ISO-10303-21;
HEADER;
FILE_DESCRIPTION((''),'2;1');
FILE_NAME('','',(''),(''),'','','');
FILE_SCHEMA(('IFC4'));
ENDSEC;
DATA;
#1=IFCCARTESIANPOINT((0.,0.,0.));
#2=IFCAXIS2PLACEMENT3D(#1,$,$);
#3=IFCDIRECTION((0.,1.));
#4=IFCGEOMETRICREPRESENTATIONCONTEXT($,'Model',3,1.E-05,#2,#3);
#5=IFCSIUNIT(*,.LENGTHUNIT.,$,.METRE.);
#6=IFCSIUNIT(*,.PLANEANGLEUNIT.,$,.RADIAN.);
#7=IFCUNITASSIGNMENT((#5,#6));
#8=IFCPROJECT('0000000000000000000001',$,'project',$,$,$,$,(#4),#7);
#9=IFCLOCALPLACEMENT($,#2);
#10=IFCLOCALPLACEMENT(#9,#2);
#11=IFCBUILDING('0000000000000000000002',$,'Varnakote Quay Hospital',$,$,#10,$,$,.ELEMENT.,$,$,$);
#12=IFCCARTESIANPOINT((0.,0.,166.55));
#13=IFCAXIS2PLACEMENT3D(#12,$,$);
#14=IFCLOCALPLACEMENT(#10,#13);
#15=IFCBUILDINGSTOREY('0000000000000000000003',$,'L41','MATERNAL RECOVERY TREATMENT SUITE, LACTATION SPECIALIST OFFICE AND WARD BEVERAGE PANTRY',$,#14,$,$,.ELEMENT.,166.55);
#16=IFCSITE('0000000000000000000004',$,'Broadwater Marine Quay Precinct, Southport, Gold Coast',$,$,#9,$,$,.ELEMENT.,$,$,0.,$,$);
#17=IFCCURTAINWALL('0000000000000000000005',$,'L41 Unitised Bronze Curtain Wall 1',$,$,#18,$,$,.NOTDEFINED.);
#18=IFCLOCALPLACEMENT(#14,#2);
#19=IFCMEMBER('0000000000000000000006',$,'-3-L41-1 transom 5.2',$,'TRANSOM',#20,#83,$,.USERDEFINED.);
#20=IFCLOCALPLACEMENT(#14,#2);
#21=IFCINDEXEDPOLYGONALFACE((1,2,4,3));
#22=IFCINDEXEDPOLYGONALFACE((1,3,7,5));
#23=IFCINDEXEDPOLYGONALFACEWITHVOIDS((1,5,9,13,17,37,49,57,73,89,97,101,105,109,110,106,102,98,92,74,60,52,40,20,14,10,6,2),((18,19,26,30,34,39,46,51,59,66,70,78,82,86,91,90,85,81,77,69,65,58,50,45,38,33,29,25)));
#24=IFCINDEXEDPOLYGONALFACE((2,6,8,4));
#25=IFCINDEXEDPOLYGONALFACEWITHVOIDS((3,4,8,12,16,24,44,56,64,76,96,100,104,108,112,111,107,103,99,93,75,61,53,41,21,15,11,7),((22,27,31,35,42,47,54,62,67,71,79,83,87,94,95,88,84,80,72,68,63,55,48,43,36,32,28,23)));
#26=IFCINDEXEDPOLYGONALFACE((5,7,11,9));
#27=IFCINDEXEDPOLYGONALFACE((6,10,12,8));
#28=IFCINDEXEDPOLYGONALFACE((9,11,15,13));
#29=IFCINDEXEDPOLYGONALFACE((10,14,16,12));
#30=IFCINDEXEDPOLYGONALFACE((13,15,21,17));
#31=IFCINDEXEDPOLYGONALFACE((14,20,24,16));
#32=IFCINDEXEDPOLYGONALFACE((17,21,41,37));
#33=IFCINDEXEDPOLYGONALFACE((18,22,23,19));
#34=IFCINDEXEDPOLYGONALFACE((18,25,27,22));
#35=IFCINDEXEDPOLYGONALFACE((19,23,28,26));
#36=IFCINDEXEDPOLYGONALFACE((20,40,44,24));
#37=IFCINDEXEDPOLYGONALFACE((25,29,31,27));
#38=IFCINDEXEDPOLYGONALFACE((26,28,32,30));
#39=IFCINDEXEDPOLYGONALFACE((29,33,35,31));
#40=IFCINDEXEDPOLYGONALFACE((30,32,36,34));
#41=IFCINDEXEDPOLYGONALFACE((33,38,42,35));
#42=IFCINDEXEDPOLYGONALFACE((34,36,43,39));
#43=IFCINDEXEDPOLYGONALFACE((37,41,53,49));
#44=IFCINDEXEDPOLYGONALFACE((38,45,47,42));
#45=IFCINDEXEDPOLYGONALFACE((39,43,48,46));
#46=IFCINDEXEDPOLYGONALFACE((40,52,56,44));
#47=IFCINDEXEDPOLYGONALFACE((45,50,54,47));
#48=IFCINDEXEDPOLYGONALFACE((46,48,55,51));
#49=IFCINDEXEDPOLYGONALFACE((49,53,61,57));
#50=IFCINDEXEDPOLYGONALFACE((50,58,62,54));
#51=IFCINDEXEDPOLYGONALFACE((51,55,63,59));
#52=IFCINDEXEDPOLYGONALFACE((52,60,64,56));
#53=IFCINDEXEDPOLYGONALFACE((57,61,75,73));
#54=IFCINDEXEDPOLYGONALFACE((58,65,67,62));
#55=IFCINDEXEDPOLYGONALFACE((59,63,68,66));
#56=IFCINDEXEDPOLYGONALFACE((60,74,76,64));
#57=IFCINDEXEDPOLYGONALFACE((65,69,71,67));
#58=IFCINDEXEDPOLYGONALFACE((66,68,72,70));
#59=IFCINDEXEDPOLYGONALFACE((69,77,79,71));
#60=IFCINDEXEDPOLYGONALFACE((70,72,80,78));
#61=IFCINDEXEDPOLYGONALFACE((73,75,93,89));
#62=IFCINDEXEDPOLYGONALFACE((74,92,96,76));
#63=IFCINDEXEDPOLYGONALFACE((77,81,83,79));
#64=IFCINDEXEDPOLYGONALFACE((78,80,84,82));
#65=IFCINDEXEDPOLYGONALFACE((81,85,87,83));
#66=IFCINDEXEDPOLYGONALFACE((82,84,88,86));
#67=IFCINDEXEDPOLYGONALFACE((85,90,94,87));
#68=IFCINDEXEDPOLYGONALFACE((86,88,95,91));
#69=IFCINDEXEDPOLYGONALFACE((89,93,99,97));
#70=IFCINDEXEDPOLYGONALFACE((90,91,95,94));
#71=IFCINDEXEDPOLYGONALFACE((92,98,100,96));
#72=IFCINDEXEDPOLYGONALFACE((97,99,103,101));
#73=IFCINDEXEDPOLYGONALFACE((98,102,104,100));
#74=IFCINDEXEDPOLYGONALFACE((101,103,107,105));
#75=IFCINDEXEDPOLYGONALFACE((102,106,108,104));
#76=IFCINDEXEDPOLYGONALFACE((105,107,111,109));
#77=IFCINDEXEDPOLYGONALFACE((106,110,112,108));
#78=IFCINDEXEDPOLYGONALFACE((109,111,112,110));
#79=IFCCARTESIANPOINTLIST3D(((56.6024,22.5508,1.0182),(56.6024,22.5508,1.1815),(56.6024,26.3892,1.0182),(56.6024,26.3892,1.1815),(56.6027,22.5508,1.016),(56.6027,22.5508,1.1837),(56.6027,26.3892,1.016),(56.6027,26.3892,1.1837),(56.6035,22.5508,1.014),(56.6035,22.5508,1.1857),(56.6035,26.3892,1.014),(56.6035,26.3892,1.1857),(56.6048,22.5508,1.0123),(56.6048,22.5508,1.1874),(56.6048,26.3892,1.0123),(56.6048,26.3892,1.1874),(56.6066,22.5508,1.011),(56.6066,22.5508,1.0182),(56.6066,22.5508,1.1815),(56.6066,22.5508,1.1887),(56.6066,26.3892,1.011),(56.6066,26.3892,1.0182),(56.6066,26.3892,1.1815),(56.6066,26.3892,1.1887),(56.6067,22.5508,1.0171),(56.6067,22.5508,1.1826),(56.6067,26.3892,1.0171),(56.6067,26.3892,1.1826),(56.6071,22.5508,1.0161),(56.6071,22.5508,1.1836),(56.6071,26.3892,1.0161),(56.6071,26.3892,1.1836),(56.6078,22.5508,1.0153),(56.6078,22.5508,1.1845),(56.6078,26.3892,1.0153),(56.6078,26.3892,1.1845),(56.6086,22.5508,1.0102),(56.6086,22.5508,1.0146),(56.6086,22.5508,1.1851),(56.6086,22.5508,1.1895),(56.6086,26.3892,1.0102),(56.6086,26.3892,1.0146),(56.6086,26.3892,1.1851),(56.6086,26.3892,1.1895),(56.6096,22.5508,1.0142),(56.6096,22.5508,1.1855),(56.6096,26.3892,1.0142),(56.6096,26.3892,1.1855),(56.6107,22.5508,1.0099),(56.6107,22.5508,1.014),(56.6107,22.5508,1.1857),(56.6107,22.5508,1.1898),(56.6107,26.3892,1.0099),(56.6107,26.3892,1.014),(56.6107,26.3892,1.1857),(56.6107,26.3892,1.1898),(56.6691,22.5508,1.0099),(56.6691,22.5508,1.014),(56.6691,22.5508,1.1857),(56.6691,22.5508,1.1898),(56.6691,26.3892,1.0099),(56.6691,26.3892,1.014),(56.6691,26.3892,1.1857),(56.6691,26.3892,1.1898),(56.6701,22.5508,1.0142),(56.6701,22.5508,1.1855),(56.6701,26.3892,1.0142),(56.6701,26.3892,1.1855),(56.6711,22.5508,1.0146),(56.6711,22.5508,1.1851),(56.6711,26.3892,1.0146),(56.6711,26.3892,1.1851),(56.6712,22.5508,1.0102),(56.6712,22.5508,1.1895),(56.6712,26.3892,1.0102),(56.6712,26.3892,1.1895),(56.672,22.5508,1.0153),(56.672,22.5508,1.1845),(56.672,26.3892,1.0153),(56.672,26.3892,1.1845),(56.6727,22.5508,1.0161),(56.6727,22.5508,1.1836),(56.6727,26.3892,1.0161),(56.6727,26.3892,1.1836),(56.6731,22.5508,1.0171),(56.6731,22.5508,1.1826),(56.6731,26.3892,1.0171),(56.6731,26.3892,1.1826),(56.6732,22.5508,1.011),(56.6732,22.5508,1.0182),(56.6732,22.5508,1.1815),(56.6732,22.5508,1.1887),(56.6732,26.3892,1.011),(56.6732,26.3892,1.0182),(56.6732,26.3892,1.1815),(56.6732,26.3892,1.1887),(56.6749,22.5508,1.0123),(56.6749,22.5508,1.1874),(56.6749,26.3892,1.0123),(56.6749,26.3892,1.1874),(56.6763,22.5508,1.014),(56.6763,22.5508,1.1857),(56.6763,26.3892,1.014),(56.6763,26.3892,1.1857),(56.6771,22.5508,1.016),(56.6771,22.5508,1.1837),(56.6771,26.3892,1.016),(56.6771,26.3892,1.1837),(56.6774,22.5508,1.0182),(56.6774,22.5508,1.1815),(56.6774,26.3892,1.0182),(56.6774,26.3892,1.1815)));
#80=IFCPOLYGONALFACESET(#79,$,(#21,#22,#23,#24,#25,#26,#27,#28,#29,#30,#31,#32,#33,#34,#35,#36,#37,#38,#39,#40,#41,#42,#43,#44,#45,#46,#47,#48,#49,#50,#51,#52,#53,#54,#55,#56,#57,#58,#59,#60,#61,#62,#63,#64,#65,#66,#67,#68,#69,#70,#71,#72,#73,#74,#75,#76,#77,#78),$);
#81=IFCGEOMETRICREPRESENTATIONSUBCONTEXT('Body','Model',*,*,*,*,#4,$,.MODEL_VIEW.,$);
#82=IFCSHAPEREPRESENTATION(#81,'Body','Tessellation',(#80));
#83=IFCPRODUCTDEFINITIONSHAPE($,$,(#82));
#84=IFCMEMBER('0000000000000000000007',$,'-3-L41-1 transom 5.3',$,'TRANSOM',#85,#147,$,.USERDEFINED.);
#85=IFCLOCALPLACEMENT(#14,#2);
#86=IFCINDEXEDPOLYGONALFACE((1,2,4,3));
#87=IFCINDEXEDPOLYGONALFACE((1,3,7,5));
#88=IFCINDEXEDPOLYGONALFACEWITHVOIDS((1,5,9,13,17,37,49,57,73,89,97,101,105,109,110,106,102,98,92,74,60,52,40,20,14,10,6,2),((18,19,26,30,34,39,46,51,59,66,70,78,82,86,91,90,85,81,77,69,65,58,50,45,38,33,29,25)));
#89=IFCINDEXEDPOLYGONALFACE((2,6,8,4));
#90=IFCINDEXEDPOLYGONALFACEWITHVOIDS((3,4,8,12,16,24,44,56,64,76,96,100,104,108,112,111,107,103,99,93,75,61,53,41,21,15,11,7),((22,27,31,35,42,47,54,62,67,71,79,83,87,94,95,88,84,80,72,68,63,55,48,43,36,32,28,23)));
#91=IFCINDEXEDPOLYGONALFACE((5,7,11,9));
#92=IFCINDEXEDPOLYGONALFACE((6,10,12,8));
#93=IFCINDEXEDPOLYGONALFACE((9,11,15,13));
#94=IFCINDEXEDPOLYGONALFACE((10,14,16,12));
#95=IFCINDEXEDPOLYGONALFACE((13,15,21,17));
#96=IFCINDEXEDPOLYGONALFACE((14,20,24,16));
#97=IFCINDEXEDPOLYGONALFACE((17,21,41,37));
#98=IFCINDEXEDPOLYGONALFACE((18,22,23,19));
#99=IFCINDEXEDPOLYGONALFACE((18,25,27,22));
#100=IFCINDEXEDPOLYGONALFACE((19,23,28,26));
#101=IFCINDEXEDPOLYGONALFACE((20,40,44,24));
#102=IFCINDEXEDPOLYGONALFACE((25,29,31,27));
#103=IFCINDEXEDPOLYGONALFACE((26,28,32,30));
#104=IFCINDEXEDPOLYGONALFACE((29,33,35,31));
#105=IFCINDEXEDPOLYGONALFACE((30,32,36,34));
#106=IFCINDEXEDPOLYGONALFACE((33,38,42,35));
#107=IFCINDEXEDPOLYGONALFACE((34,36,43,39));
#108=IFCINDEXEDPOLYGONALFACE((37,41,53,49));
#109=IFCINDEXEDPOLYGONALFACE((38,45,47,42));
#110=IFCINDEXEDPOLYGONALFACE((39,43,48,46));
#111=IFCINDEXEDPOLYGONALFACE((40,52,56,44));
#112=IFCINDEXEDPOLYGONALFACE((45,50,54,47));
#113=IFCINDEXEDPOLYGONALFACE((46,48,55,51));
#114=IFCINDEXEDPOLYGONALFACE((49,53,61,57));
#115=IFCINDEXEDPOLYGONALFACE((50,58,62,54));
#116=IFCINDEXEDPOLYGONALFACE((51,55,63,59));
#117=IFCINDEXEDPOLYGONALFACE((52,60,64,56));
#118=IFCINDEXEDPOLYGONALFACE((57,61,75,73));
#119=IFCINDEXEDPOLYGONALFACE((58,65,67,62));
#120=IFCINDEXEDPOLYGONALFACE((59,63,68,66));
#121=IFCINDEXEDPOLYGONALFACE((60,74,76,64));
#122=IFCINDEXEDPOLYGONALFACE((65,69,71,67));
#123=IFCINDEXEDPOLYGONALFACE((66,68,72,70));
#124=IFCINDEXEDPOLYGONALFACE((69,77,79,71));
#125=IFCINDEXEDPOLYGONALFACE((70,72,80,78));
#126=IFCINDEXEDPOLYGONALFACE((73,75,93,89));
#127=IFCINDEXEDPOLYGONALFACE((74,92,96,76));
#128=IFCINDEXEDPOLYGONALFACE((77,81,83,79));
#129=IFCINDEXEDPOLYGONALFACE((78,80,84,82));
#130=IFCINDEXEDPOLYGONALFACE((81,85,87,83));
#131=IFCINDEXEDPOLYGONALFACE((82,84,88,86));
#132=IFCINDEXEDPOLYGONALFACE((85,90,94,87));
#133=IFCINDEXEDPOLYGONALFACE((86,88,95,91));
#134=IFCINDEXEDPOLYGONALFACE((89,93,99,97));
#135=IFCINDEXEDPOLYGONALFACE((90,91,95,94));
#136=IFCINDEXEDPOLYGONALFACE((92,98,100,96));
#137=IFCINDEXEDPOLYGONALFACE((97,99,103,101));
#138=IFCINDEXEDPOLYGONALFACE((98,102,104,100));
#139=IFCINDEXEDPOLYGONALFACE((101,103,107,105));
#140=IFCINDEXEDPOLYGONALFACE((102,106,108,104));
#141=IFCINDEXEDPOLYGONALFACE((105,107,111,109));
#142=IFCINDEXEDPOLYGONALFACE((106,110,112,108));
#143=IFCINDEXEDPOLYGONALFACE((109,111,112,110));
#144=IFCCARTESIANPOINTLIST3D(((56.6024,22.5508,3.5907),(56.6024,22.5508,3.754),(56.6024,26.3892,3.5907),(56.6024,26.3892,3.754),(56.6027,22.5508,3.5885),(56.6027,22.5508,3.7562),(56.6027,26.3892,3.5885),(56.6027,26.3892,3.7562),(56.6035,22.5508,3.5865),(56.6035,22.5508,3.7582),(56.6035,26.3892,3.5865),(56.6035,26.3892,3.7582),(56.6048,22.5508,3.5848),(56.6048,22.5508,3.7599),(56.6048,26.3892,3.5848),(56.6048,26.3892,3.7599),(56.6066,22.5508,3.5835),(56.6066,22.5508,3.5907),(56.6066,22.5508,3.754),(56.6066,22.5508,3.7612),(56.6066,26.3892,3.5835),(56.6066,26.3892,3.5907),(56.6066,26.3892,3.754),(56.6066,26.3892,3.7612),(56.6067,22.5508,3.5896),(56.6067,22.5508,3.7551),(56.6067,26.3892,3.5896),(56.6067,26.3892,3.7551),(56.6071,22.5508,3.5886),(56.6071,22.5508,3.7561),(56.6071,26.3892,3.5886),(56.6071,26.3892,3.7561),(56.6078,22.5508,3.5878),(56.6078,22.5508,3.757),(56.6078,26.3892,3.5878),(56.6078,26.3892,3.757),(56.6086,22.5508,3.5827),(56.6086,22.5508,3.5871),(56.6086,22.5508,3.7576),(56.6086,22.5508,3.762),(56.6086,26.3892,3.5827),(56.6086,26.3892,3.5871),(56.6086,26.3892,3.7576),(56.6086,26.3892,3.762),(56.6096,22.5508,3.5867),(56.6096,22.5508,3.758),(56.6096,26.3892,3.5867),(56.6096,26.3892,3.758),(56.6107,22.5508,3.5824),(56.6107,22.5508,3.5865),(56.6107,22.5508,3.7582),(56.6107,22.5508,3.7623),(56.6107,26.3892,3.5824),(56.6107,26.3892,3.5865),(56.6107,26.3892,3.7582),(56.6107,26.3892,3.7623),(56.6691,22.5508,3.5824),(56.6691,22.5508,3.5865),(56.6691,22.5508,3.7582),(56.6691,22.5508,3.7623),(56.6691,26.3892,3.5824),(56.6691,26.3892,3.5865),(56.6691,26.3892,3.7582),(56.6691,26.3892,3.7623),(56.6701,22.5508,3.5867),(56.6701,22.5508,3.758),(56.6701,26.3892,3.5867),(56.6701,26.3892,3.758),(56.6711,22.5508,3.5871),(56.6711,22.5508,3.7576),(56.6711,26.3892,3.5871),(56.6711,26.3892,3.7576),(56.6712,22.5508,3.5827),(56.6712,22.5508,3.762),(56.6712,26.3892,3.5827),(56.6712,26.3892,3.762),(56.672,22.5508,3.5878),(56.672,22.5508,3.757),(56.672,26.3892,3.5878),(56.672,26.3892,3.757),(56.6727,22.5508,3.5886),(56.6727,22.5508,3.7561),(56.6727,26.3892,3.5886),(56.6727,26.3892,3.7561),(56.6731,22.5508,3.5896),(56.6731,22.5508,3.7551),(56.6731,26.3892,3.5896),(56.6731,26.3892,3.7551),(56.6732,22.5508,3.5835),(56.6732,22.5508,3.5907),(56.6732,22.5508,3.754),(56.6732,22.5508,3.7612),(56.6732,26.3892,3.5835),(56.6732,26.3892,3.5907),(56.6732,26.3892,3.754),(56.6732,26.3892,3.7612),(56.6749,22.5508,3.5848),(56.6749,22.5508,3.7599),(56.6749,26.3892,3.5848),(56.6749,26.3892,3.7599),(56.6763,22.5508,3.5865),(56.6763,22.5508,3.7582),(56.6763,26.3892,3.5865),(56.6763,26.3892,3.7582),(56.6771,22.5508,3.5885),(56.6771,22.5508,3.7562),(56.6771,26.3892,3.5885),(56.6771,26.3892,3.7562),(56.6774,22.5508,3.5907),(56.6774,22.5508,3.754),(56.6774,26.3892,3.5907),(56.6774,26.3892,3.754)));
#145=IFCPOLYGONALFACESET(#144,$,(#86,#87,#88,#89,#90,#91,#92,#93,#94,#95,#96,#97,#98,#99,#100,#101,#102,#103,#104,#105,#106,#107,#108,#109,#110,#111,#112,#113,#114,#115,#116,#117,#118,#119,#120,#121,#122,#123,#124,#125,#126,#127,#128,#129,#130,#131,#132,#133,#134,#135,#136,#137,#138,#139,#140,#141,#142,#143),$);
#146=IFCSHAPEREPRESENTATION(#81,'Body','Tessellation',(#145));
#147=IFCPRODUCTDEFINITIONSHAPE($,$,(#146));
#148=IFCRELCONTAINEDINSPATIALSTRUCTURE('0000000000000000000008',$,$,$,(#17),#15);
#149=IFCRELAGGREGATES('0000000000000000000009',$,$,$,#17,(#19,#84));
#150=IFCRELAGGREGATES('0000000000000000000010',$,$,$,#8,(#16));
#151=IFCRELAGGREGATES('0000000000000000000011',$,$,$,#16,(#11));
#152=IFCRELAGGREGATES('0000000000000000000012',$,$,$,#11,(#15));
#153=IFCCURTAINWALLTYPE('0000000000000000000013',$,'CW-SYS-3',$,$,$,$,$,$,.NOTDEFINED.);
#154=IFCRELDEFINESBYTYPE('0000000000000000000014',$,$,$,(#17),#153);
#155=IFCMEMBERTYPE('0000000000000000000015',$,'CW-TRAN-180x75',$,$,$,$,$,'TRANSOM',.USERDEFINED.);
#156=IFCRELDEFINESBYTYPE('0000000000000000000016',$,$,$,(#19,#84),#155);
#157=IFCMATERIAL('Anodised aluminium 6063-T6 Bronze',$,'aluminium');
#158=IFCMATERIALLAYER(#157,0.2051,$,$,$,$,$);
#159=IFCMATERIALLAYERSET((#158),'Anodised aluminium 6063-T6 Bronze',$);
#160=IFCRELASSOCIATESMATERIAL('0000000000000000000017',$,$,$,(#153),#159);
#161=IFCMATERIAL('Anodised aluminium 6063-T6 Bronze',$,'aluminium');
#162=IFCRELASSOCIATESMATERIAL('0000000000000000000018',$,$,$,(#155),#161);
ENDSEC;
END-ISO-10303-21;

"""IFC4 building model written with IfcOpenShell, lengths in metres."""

from ifc_helpers import new_model, si_unit, direction, frame, origin, origin_2d, place, context, subcontext, project, spatial, hollow_rectangle, extrude, material, layer, layer_set, material_profile, profile_set, type_object, element, aggregate, save


model = new_model("IFC4")

# Units and contexts
model_context = context("Model", 3, precision=1e-05, world=origin(), true_north=direction((0.0, 1.0)))
body_context = subcontext(model_context, "Body", "Model", "MODEL_VIEW")
ifc_project = project(units=[si_unit("LENGTHUNIT", "METRE"), si_unit("PLANEANGLEUNIT", "RADIAN")], contexts=[model_context])

# Site, building, storey
site_placement = place(None, origin())
site = spatial("IfcSite", under=ifc_project, at=site_placement, Name="Broadwater Marine Quay Precinct, Southport, Gold Coast", CompositionType="ELEMENT", RefElevation=0.0)
building_placement = place(site_placement, origin())
building = spatial("IfcBuilding", under=site, at=building_placement, Name="Varnakote Quay Hospital", CompositionType="ELEMENT")
storey_placement = place(building_placement, frame((0.0, 0.0, 166.55)))
storey = spatial("IfcBuildingStorey", under=building, at=storey_placement, Name="L41", Description="MATERNAL RECOVERY TREATMENT SUITE, LACTATION SPECIALIST OFFICE AND WARD BEVERAGE PANTRY", CompositionType="ELEMENT", Elevation=166.55)

# Curtain wall, members
ifc_material_1 = material(Name="Anodised aluminium 6063-T6 Bronze", Category="aluminium")
ifc_layer_1 = layer(ifc_material_1, 0.2051)
ifc_layer_set_1 = layer_set([ifc_layer_1], Name="Anodised aluminium 6063-T6 Bronze")
curtain_wall_type = type_object("IfcCurtainWallType", Name="CW-SYS-3", PredefinedType="NOTDEFINED", material=ifc_layer_set_1)
curtain_wall_placement = place(storey_placement, origin())
curtain_wall = element("IfcCurtainWall", 1, at=curtain_wall_placement, inside=storey, type_object=curtain_wall_type, Name="L41 Unitised Bronze Curtain Wall 1", PredefinedType="NOTDEFINED")
ifc_material_2 = material(Name="Anodised aluminium 6063-T6 Bronze", Category="aluminium")
ifc_material_profile_1 = material_profile(ifc_material_2, hollow_rectangle(XDim=0.075, YDim=0.1799, WallThickness=0.0042, InnerFilletRadius=0.0042, OuterFilletRadius=0.0083, at=origin_2d()), Name="CW-TRAN-180x75")
ifc_profile_set_1 = profile_set([ifc_material_profile_1], Name="Anodised aluminium 6063-T6 Bronze")
member_type_1 = type_object("IfcMemberType", Name="CW-TRAN-180x75", ElementType="TRANSOM", PredefinedType="USERDEFINED", material=ifc_profile_set_1)
member_1_placement = place(storey_placement, frame((56.6399, 22.5508, 1.0999), z_axis=(0.0, 1.0, 0.0), x_axis=(-1.0, 0.0, 0.0)))
member_1 = element("IfcMember", 2, at=member_1_placement, type_object=member_type_1, Name="-3-L41-1 transom 5.2", ObjectType="TRANSOM", PredefinedType="USERDEFINED", context=body_context, shape_type="SweptSolid", body=[
    extrude(hollow_rectangle(XDim=0.075, YDim=0.1799, WallThickness=0.0042, InnerFilletRadius=0.0042, OuterFilletRadius=0.0083, at=origin_2d()), origin(), (0.0, 0.0, 1.0), 3.8384),
])
member_2_placement = place(storey_placement, frame((56.6399, 22.5508, 3.6724), z_axis=(0.0, 1.0, 0.0), x_axis=(-1.0, 0.0, 0.0)))
member_2 = element("IfcMember", 3, at=member_2_placement, type_object=member_type_1, Name="-3-L41-1 transom 5.3", ObjectType="TRANSOM", PredefinedType="USERDEFINED", context=body_context, shape_type="SweptSolid", body=[
    extrude(hollow_rectangle(XDim=0.075, YDim=0.1799, WallThickness=0.0042, InnerFilletRadius=0.0042, OuterFilletRadius=0.0083, at=origin_2d()), origin(), (0.0, 0.0, 1.0), 3.8384),
])
aggregate(curtain_wall, [member_1, member_2])

save(model, "model.ifc")
